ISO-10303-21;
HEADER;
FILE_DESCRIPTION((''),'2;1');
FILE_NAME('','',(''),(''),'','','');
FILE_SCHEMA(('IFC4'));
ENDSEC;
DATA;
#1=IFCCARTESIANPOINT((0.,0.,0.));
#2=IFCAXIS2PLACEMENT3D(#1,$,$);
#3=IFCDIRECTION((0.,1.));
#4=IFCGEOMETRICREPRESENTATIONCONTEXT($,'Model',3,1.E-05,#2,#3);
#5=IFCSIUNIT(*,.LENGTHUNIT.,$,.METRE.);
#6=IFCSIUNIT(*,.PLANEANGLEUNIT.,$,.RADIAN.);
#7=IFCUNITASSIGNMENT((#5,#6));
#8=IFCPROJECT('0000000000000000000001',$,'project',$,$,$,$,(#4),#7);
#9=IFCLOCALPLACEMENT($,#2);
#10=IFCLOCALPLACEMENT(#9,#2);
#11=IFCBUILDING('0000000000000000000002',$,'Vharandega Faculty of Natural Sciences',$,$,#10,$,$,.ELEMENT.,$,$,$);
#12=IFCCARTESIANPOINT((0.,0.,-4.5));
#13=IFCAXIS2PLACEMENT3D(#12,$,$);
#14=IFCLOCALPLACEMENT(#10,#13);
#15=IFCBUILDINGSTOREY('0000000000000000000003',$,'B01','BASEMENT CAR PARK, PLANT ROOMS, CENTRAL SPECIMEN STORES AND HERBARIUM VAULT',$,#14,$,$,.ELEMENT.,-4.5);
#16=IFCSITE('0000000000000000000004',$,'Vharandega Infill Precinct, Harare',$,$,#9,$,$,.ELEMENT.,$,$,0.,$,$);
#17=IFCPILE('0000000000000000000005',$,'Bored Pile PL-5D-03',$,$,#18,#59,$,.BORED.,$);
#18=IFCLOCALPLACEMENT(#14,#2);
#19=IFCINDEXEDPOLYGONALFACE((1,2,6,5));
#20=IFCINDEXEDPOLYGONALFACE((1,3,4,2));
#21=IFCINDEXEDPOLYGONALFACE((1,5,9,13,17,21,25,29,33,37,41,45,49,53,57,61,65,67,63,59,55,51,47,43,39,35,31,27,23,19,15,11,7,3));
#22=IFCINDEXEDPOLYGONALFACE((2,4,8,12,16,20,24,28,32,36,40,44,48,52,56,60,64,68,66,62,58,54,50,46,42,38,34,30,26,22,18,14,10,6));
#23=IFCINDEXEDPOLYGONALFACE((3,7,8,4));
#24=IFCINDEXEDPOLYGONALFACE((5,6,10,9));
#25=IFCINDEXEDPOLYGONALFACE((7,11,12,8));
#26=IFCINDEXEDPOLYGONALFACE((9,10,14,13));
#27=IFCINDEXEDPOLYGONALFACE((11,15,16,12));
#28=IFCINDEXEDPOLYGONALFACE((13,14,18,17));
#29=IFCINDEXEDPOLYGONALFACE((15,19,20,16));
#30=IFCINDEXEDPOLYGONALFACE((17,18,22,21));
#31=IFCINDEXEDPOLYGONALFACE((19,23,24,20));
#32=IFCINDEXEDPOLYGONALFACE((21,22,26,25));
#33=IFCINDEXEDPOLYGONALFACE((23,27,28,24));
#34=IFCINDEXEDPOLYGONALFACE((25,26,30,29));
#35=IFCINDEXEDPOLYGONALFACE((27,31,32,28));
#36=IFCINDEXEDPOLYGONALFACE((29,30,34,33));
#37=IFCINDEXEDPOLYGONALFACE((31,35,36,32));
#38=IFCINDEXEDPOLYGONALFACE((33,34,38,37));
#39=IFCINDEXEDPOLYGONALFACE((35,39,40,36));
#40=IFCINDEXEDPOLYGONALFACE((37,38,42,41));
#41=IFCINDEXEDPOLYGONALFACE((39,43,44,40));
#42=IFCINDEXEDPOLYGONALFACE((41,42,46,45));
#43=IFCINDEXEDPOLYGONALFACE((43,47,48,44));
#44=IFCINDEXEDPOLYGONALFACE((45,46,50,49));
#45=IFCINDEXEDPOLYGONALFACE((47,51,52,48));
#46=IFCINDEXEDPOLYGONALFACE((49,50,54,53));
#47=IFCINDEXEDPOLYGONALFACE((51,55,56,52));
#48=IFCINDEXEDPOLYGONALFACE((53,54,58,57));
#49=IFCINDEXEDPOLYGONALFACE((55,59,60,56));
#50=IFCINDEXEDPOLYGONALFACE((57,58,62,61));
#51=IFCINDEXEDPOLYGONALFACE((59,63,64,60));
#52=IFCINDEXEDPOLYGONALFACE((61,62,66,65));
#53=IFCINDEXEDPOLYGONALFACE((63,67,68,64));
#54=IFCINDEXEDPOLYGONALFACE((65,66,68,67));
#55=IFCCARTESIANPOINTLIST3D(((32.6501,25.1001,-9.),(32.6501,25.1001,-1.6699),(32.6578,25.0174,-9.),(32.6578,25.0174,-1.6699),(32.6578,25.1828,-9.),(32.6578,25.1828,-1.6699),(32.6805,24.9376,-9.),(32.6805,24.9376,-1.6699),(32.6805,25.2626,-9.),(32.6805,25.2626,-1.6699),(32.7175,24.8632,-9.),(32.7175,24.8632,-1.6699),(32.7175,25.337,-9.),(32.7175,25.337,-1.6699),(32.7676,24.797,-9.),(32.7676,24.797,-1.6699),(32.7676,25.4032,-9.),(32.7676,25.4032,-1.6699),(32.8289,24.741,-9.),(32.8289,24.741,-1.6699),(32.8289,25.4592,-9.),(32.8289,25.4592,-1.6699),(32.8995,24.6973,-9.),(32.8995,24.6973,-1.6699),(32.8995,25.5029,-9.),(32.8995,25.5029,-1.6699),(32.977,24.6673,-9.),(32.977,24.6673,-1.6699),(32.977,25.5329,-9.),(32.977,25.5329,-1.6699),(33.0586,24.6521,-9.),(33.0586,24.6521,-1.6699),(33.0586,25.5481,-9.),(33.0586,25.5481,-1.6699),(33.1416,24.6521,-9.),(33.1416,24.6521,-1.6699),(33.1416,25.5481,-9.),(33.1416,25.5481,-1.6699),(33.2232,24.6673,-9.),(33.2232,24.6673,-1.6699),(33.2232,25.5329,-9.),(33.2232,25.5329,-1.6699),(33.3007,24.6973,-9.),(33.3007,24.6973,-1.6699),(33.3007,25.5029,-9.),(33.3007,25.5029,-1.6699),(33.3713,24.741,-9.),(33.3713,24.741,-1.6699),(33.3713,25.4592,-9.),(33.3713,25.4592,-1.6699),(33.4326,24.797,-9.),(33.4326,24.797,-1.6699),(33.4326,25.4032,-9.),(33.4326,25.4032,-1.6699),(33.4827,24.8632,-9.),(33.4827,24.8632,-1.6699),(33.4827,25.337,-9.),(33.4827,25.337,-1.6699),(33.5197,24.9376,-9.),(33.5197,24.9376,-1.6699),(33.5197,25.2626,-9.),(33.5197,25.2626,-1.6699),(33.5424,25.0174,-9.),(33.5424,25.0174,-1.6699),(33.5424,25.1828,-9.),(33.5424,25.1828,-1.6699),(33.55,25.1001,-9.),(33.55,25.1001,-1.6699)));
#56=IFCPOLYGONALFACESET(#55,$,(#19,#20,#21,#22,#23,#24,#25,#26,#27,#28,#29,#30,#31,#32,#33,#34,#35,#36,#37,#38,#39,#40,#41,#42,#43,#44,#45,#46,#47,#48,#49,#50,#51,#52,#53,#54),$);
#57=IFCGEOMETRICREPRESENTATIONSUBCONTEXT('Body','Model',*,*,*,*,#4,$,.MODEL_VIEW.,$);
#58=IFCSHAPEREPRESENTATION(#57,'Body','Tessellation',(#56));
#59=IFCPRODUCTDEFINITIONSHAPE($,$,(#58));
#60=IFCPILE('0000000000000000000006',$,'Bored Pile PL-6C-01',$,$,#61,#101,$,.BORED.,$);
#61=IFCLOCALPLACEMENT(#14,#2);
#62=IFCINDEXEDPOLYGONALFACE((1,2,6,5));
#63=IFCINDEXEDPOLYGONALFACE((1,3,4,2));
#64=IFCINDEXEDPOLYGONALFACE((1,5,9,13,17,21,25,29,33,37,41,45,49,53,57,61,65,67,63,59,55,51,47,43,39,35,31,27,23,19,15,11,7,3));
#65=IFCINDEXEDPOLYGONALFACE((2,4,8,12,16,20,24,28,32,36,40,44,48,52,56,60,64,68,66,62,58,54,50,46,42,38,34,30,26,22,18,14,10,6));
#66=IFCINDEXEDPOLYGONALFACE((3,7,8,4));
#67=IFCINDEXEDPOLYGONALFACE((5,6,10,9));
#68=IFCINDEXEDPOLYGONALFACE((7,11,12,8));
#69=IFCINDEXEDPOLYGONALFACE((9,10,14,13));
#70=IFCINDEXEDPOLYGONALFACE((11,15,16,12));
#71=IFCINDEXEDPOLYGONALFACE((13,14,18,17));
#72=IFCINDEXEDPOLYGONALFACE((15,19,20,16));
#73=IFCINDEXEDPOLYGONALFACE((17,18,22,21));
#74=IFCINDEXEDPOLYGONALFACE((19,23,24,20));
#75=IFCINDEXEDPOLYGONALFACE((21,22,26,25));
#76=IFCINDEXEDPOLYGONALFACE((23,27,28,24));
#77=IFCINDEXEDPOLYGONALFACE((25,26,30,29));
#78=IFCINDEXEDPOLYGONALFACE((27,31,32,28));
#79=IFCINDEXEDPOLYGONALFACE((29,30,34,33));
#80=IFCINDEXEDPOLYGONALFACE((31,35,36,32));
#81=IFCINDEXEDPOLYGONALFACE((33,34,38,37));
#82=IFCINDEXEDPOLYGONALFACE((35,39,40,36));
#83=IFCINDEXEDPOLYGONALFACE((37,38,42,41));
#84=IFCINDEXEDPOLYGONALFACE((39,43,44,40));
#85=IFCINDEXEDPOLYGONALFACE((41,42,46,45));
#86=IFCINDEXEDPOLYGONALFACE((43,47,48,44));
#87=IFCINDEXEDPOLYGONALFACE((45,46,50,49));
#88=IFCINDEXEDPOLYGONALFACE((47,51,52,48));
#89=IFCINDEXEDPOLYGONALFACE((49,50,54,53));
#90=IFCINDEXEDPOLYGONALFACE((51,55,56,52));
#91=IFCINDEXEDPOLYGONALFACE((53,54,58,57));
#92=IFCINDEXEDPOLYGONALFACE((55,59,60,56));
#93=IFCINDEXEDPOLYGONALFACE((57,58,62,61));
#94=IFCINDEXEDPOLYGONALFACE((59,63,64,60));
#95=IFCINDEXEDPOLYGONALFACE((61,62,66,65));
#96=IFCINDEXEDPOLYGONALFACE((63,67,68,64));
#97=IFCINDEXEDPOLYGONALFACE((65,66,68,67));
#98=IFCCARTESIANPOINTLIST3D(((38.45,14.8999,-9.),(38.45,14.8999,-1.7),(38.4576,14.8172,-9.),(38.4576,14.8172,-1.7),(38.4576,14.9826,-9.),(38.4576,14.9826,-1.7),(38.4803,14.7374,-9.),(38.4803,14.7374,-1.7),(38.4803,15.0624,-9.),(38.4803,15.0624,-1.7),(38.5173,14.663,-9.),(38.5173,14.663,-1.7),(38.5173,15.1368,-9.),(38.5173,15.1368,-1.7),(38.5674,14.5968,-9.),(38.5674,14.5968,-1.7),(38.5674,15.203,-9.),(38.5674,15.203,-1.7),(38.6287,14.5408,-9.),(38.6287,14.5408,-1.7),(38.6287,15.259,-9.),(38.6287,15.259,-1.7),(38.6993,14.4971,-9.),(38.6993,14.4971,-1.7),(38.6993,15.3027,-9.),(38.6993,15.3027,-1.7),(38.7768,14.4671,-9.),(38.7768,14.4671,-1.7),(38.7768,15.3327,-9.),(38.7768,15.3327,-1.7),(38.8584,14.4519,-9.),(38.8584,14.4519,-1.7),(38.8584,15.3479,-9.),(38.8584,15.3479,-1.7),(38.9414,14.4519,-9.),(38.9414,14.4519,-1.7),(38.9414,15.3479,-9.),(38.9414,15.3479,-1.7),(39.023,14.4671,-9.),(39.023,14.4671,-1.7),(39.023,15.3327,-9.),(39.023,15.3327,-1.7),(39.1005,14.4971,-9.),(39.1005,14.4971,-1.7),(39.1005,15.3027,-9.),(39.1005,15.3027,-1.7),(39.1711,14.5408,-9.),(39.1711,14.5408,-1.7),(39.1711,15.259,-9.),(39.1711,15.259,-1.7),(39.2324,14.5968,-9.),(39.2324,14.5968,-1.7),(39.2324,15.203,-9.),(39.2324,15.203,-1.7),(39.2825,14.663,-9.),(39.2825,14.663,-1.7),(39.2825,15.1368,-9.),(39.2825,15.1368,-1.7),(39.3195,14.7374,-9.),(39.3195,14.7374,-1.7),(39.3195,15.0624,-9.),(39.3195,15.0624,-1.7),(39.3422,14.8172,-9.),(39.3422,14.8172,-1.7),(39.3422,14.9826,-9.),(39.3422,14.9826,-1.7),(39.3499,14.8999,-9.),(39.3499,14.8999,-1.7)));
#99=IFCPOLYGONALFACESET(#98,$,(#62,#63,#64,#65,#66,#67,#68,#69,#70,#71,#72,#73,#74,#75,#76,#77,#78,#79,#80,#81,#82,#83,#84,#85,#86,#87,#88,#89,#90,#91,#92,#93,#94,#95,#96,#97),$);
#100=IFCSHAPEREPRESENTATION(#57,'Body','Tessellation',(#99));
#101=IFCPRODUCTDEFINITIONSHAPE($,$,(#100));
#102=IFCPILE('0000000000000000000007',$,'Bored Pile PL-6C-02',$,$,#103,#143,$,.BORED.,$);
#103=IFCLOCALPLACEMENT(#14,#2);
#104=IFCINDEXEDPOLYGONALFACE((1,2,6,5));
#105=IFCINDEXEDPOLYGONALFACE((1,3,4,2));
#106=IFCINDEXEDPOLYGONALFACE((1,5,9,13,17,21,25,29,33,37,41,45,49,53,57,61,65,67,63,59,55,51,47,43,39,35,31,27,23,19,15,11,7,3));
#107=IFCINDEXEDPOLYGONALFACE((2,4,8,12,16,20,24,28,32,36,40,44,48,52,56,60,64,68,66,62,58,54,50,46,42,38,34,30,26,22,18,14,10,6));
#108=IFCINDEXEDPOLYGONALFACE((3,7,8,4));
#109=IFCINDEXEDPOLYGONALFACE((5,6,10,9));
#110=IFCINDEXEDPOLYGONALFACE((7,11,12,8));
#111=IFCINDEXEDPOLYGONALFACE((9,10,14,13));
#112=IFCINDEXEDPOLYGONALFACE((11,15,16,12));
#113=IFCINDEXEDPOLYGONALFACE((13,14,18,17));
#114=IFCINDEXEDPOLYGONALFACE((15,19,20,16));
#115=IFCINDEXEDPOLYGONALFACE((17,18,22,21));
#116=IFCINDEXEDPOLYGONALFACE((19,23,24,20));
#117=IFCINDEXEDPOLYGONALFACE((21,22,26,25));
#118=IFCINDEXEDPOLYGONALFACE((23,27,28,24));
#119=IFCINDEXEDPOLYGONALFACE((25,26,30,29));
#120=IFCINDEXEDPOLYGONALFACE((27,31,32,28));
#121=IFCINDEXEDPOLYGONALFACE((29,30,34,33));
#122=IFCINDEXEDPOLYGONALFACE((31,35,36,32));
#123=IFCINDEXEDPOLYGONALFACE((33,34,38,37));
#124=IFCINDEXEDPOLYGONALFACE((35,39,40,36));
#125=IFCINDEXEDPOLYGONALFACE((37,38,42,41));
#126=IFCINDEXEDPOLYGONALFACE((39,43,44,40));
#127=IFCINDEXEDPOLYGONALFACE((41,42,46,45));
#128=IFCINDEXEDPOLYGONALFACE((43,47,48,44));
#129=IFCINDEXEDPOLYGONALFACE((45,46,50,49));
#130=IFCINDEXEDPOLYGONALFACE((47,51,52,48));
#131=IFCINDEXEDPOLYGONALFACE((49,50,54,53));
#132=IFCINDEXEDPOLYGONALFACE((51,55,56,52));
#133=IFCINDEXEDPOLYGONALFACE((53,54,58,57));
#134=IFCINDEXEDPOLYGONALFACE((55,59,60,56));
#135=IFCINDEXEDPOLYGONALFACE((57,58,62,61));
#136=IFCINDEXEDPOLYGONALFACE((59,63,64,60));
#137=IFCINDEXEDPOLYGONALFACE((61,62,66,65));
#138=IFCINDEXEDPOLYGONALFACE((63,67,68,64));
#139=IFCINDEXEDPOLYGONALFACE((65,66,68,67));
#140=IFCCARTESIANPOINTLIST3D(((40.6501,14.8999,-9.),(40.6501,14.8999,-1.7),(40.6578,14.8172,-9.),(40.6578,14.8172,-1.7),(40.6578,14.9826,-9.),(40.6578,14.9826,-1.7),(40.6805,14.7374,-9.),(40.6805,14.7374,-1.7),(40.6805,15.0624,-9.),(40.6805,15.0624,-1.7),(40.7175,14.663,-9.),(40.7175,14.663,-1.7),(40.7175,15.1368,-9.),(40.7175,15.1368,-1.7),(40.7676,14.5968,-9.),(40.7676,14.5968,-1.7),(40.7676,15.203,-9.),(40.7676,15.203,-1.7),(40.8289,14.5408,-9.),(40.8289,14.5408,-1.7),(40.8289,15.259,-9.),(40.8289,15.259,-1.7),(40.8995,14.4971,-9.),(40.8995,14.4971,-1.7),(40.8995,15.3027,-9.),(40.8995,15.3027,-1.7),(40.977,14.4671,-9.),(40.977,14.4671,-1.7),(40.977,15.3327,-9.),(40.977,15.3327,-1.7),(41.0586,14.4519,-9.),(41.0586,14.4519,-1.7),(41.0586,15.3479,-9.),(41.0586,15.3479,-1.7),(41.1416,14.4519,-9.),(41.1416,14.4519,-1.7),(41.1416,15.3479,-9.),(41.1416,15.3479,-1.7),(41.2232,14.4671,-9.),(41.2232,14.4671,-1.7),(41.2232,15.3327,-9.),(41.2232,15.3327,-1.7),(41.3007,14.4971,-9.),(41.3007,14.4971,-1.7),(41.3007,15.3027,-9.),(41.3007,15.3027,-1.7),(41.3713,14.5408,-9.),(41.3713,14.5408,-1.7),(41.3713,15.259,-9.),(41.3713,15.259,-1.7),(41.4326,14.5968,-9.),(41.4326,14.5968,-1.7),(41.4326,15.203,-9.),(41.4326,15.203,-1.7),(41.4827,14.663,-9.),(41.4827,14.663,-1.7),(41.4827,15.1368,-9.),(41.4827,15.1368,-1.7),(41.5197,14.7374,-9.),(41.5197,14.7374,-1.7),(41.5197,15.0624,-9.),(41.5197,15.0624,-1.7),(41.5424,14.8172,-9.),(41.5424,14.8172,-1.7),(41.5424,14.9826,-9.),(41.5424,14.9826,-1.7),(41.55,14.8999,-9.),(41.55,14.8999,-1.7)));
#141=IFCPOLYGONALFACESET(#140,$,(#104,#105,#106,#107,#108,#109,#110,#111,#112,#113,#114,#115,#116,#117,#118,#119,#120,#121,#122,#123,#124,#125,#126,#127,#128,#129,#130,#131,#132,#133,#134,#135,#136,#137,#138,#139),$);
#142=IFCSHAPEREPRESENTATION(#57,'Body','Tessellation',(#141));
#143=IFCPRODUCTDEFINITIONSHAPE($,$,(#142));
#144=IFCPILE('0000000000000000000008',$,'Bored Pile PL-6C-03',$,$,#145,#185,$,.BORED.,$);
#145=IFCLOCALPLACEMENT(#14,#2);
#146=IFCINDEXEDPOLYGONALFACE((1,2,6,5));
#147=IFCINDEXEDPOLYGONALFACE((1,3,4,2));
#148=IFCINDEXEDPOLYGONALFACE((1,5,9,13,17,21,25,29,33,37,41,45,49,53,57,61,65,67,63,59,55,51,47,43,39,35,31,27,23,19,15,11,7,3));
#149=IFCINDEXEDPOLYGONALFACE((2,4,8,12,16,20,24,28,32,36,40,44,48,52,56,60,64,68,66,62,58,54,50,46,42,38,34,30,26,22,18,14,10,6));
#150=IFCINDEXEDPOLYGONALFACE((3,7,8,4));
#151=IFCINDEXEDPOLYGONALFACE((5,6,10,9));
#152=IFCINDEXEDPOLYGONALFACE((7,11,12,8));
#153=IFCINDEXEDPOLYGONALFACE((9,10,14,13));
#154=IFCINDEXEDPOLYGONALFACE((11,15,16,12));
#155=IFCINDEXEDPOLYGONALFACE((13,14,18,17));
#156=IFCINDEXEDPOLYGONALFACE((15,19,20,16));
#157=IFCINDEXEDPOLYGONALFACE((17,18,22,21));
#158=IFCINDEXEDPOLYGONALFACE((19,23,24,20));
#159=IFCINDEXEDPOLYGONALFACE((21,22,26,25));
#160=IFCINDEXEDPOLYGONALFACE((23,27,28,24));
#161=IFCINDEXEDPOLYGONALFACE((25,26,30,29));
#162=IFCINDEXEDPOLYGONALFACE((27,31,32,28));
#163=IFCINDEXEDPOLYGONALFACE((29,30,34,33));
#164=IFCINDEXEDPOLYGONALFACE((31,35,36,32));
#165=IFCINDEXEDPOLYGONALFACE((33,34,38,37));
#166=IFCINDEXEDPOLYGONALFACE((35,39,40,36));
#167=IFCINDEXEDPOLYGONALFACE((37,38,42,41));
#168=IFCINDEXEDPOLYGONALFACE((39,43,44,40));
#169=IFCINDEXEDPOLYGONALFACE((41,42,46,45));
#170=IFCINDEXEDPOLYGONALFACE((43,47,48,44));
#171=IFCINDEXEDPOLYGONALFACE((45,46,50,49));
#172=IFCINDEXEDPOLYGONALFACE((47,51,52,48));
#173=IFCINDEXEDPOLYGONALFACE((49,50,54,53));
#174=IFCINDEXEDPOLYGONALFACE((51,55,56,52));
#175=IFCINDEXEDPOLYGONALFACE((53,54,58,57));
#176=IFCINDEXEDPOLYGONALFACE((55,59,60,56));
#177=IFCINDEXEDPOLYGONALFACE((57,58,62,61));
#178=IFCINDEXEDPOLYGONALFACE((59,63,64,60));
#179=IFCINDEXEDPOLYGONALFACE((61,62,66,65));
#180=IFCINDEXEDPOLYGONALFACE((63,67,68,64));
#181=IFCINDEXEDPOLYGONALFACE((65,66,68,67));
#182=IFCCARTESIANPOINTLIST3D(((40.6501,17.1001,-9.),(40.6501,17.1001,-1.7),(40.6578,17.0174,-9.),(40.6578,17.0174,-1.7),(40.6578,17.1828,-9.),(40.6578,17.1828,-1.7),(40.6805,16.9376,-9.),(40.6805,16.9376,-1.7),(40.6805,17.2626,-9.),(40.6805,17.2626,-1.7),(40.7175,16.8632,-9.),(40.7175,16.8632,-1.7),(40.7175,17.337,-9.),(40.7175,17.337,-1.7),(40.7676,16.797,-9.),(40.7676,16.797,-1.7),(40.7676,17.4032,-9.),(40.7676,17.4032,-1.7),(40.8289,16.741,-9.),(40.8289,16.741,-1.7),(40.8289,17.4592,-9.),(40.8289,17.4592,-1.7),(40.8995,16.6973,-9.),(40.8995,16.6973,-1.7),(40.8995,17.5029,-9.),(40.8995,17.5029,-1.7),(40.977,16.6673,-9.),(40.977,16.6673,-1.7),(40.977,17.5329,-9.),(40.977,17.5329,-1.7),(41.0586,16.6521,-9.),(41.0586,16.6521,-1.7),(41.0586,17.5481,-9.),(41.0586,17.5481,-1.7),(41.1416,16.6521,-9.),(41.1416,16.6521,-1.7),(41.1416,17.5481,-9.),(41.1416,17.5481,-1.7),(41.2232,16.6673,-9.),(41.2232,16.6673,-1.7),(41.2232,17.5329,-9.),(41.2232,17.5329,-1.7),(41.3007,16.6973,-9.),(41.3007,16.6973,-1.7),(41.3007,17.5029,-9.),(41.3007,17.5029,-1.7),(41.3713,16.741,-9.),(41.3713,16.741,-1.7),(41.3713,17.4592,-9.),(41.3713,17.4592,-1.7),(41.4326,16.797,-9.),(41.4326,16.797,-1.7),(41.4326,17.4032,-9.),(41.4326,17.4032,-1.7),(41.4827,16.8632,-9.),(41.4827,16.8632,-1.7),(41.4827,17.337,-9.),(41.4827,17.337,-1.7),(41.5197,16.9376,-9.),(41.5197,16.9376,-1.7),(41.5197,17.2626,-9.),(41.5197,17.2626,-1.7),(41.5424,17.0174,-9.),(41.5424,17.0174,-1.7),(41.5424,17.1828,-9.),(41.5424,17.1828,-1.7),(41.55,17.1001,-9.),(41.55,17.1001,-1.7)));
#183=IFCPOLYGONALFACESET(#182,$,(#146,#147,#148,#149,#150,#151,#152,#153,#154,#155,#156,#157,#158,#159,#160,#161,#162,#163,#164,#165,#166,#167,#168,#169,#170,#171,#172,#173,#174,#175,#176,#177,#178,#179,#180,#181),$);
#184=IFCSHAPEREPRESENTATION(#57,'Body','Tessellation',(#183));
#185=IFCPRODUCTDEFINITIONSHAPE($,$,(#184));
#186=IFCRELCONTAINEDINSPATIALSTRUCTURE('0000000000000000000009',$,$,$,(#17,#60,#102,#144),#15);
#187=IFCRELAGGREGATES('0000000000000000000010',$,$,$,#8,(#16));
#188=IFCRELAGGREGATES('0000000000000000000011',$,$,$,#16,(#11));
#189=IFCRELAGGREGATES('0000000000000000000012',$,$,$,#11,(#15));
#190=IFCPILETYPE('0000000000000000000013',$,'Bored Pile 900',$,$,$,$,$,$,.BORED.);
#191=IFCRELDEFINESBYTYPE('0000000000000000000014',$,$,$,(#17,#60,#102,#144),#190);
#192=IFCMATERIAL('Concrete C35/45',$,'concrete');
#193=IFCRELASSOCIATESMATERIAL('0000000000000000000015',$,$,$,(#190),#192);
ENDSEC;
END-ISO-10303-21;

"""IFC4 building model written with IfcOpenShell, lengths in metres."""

from ifc_helpers import new_model, si_unit, direction, frame, origin, origin_2d, place, context, subcontext, project, spatial, circle, extrude, material, material_profile, profile_set, type_object, element, save


model = new_model("IFC4")

# Units and contexts
model_context = context("Model", 3, precision=1e-05, world=origin(), true_north=direction((0.0, 1.0)))
body_context = subcontext(model_context, "Body", "Model", "MODEL_VIEW")
ifc_project = project(units=[si_unit("LENGTHUNIT", "METRE"), si_unit("PLANEANGLEUNIT", "RADIAN")], contexts=[model_context])

# Site, building, storey
site_placement = place(None, origin())
site = spatial("IfcSite", under=ifc_project, at=site_placement, Name="Vharandega Infill Precinct, Harare", CompositionType="ELEMENT", RefElevation=0.0)
building_placement = place(site_placement, origin())
building = spatial("IfcBuilding", under=site, at=building_placement, Name="Vharandega Faculty of Natural Sciences", CompositionType="ELEMENT")
storey_placement = place(building_placement, frame((0.0, 0.0, -4.5)))
storey = spatial("IfcBuildingStorey", under=building, at=storey_placement, Name="B01", Description="BASEMENT CAR PARK, PLANT ROOMS, CENTRAL SPECIMEN STORES AND HERBARIUM VAULT", CompositionType="ELEMENT", Elevation=-4.5)

# Piles
ifc_material_1 = material(Name="Concrete C35/45", Category="concrete")
ifc_material_profile_1 = material_profile(ifc_material_1, circle(Radius=0.45, at=origin_2d()), Name="PILE 900")
ifc_profile_set_1 = profile_set([ifc_material_profile_1], Name="Concrete C35/45")
pile_type_1 = type_object("IfcPileType", Name="Bored Pile 900", PredefinedType="BORED", material=ifc_profile_set_1)
for number, where, z_axis, x_axis, name in (
    (1, (33.1001, 25.1001, -1.6699), (0.0, 0.0, -1.0), (1.0, 0.0, 0.0), "Bored Pile PL-5D-03"),
):
    element("IfcPile", number, at=place(storey_placement, frame(where, z_axis=z_axis, x_axis=x_axis)), inside=storey, type_object=pile_type_1, Name=name, PredefinedType="BORED", context=body_context, shape_type="SweptSolid", body=[
        extrude(circle(Radius=0.45, at=origin_2d()), origin(), (0.0, 0.0, 1.0), 7.3301),
    ])
for number, where, z_axis, x_axis, name in (
    (2, (38.8999, 14.8999, -1.7), (0.0, 0.0, -1.0), (1.0, 0.0, 0.0), "Bored Pile PL-6C-01"),
    (3, (41.1001, 14.8999, -1.7), (0.0, 0.0, -1.0), (1.0, 0.0, 0.0), "Bored Pile PL-6C-02"),
    (4, (41.1001, 17.1001, -1.7), (0.0, 0.0, -1.0), (1.0, 0.0, 0.0), "Bored Pile PL-6C-03"),
):
    element("IfcPile", number, at=place(storey_placement, frame(where, z_axis=z_axis, x_axis=x_axis)), inside=storey, type_object=pile_type_1, Name=name, PredefinedType="BORED", context=body_context, shape_type="SweptSolid", body=[
        extrude(circle(Radius=0.45, at=origin_2d()), origin(), (0.0, 0.0, 1.0), 7.3),
    ])

save(model, "model.ifc")
